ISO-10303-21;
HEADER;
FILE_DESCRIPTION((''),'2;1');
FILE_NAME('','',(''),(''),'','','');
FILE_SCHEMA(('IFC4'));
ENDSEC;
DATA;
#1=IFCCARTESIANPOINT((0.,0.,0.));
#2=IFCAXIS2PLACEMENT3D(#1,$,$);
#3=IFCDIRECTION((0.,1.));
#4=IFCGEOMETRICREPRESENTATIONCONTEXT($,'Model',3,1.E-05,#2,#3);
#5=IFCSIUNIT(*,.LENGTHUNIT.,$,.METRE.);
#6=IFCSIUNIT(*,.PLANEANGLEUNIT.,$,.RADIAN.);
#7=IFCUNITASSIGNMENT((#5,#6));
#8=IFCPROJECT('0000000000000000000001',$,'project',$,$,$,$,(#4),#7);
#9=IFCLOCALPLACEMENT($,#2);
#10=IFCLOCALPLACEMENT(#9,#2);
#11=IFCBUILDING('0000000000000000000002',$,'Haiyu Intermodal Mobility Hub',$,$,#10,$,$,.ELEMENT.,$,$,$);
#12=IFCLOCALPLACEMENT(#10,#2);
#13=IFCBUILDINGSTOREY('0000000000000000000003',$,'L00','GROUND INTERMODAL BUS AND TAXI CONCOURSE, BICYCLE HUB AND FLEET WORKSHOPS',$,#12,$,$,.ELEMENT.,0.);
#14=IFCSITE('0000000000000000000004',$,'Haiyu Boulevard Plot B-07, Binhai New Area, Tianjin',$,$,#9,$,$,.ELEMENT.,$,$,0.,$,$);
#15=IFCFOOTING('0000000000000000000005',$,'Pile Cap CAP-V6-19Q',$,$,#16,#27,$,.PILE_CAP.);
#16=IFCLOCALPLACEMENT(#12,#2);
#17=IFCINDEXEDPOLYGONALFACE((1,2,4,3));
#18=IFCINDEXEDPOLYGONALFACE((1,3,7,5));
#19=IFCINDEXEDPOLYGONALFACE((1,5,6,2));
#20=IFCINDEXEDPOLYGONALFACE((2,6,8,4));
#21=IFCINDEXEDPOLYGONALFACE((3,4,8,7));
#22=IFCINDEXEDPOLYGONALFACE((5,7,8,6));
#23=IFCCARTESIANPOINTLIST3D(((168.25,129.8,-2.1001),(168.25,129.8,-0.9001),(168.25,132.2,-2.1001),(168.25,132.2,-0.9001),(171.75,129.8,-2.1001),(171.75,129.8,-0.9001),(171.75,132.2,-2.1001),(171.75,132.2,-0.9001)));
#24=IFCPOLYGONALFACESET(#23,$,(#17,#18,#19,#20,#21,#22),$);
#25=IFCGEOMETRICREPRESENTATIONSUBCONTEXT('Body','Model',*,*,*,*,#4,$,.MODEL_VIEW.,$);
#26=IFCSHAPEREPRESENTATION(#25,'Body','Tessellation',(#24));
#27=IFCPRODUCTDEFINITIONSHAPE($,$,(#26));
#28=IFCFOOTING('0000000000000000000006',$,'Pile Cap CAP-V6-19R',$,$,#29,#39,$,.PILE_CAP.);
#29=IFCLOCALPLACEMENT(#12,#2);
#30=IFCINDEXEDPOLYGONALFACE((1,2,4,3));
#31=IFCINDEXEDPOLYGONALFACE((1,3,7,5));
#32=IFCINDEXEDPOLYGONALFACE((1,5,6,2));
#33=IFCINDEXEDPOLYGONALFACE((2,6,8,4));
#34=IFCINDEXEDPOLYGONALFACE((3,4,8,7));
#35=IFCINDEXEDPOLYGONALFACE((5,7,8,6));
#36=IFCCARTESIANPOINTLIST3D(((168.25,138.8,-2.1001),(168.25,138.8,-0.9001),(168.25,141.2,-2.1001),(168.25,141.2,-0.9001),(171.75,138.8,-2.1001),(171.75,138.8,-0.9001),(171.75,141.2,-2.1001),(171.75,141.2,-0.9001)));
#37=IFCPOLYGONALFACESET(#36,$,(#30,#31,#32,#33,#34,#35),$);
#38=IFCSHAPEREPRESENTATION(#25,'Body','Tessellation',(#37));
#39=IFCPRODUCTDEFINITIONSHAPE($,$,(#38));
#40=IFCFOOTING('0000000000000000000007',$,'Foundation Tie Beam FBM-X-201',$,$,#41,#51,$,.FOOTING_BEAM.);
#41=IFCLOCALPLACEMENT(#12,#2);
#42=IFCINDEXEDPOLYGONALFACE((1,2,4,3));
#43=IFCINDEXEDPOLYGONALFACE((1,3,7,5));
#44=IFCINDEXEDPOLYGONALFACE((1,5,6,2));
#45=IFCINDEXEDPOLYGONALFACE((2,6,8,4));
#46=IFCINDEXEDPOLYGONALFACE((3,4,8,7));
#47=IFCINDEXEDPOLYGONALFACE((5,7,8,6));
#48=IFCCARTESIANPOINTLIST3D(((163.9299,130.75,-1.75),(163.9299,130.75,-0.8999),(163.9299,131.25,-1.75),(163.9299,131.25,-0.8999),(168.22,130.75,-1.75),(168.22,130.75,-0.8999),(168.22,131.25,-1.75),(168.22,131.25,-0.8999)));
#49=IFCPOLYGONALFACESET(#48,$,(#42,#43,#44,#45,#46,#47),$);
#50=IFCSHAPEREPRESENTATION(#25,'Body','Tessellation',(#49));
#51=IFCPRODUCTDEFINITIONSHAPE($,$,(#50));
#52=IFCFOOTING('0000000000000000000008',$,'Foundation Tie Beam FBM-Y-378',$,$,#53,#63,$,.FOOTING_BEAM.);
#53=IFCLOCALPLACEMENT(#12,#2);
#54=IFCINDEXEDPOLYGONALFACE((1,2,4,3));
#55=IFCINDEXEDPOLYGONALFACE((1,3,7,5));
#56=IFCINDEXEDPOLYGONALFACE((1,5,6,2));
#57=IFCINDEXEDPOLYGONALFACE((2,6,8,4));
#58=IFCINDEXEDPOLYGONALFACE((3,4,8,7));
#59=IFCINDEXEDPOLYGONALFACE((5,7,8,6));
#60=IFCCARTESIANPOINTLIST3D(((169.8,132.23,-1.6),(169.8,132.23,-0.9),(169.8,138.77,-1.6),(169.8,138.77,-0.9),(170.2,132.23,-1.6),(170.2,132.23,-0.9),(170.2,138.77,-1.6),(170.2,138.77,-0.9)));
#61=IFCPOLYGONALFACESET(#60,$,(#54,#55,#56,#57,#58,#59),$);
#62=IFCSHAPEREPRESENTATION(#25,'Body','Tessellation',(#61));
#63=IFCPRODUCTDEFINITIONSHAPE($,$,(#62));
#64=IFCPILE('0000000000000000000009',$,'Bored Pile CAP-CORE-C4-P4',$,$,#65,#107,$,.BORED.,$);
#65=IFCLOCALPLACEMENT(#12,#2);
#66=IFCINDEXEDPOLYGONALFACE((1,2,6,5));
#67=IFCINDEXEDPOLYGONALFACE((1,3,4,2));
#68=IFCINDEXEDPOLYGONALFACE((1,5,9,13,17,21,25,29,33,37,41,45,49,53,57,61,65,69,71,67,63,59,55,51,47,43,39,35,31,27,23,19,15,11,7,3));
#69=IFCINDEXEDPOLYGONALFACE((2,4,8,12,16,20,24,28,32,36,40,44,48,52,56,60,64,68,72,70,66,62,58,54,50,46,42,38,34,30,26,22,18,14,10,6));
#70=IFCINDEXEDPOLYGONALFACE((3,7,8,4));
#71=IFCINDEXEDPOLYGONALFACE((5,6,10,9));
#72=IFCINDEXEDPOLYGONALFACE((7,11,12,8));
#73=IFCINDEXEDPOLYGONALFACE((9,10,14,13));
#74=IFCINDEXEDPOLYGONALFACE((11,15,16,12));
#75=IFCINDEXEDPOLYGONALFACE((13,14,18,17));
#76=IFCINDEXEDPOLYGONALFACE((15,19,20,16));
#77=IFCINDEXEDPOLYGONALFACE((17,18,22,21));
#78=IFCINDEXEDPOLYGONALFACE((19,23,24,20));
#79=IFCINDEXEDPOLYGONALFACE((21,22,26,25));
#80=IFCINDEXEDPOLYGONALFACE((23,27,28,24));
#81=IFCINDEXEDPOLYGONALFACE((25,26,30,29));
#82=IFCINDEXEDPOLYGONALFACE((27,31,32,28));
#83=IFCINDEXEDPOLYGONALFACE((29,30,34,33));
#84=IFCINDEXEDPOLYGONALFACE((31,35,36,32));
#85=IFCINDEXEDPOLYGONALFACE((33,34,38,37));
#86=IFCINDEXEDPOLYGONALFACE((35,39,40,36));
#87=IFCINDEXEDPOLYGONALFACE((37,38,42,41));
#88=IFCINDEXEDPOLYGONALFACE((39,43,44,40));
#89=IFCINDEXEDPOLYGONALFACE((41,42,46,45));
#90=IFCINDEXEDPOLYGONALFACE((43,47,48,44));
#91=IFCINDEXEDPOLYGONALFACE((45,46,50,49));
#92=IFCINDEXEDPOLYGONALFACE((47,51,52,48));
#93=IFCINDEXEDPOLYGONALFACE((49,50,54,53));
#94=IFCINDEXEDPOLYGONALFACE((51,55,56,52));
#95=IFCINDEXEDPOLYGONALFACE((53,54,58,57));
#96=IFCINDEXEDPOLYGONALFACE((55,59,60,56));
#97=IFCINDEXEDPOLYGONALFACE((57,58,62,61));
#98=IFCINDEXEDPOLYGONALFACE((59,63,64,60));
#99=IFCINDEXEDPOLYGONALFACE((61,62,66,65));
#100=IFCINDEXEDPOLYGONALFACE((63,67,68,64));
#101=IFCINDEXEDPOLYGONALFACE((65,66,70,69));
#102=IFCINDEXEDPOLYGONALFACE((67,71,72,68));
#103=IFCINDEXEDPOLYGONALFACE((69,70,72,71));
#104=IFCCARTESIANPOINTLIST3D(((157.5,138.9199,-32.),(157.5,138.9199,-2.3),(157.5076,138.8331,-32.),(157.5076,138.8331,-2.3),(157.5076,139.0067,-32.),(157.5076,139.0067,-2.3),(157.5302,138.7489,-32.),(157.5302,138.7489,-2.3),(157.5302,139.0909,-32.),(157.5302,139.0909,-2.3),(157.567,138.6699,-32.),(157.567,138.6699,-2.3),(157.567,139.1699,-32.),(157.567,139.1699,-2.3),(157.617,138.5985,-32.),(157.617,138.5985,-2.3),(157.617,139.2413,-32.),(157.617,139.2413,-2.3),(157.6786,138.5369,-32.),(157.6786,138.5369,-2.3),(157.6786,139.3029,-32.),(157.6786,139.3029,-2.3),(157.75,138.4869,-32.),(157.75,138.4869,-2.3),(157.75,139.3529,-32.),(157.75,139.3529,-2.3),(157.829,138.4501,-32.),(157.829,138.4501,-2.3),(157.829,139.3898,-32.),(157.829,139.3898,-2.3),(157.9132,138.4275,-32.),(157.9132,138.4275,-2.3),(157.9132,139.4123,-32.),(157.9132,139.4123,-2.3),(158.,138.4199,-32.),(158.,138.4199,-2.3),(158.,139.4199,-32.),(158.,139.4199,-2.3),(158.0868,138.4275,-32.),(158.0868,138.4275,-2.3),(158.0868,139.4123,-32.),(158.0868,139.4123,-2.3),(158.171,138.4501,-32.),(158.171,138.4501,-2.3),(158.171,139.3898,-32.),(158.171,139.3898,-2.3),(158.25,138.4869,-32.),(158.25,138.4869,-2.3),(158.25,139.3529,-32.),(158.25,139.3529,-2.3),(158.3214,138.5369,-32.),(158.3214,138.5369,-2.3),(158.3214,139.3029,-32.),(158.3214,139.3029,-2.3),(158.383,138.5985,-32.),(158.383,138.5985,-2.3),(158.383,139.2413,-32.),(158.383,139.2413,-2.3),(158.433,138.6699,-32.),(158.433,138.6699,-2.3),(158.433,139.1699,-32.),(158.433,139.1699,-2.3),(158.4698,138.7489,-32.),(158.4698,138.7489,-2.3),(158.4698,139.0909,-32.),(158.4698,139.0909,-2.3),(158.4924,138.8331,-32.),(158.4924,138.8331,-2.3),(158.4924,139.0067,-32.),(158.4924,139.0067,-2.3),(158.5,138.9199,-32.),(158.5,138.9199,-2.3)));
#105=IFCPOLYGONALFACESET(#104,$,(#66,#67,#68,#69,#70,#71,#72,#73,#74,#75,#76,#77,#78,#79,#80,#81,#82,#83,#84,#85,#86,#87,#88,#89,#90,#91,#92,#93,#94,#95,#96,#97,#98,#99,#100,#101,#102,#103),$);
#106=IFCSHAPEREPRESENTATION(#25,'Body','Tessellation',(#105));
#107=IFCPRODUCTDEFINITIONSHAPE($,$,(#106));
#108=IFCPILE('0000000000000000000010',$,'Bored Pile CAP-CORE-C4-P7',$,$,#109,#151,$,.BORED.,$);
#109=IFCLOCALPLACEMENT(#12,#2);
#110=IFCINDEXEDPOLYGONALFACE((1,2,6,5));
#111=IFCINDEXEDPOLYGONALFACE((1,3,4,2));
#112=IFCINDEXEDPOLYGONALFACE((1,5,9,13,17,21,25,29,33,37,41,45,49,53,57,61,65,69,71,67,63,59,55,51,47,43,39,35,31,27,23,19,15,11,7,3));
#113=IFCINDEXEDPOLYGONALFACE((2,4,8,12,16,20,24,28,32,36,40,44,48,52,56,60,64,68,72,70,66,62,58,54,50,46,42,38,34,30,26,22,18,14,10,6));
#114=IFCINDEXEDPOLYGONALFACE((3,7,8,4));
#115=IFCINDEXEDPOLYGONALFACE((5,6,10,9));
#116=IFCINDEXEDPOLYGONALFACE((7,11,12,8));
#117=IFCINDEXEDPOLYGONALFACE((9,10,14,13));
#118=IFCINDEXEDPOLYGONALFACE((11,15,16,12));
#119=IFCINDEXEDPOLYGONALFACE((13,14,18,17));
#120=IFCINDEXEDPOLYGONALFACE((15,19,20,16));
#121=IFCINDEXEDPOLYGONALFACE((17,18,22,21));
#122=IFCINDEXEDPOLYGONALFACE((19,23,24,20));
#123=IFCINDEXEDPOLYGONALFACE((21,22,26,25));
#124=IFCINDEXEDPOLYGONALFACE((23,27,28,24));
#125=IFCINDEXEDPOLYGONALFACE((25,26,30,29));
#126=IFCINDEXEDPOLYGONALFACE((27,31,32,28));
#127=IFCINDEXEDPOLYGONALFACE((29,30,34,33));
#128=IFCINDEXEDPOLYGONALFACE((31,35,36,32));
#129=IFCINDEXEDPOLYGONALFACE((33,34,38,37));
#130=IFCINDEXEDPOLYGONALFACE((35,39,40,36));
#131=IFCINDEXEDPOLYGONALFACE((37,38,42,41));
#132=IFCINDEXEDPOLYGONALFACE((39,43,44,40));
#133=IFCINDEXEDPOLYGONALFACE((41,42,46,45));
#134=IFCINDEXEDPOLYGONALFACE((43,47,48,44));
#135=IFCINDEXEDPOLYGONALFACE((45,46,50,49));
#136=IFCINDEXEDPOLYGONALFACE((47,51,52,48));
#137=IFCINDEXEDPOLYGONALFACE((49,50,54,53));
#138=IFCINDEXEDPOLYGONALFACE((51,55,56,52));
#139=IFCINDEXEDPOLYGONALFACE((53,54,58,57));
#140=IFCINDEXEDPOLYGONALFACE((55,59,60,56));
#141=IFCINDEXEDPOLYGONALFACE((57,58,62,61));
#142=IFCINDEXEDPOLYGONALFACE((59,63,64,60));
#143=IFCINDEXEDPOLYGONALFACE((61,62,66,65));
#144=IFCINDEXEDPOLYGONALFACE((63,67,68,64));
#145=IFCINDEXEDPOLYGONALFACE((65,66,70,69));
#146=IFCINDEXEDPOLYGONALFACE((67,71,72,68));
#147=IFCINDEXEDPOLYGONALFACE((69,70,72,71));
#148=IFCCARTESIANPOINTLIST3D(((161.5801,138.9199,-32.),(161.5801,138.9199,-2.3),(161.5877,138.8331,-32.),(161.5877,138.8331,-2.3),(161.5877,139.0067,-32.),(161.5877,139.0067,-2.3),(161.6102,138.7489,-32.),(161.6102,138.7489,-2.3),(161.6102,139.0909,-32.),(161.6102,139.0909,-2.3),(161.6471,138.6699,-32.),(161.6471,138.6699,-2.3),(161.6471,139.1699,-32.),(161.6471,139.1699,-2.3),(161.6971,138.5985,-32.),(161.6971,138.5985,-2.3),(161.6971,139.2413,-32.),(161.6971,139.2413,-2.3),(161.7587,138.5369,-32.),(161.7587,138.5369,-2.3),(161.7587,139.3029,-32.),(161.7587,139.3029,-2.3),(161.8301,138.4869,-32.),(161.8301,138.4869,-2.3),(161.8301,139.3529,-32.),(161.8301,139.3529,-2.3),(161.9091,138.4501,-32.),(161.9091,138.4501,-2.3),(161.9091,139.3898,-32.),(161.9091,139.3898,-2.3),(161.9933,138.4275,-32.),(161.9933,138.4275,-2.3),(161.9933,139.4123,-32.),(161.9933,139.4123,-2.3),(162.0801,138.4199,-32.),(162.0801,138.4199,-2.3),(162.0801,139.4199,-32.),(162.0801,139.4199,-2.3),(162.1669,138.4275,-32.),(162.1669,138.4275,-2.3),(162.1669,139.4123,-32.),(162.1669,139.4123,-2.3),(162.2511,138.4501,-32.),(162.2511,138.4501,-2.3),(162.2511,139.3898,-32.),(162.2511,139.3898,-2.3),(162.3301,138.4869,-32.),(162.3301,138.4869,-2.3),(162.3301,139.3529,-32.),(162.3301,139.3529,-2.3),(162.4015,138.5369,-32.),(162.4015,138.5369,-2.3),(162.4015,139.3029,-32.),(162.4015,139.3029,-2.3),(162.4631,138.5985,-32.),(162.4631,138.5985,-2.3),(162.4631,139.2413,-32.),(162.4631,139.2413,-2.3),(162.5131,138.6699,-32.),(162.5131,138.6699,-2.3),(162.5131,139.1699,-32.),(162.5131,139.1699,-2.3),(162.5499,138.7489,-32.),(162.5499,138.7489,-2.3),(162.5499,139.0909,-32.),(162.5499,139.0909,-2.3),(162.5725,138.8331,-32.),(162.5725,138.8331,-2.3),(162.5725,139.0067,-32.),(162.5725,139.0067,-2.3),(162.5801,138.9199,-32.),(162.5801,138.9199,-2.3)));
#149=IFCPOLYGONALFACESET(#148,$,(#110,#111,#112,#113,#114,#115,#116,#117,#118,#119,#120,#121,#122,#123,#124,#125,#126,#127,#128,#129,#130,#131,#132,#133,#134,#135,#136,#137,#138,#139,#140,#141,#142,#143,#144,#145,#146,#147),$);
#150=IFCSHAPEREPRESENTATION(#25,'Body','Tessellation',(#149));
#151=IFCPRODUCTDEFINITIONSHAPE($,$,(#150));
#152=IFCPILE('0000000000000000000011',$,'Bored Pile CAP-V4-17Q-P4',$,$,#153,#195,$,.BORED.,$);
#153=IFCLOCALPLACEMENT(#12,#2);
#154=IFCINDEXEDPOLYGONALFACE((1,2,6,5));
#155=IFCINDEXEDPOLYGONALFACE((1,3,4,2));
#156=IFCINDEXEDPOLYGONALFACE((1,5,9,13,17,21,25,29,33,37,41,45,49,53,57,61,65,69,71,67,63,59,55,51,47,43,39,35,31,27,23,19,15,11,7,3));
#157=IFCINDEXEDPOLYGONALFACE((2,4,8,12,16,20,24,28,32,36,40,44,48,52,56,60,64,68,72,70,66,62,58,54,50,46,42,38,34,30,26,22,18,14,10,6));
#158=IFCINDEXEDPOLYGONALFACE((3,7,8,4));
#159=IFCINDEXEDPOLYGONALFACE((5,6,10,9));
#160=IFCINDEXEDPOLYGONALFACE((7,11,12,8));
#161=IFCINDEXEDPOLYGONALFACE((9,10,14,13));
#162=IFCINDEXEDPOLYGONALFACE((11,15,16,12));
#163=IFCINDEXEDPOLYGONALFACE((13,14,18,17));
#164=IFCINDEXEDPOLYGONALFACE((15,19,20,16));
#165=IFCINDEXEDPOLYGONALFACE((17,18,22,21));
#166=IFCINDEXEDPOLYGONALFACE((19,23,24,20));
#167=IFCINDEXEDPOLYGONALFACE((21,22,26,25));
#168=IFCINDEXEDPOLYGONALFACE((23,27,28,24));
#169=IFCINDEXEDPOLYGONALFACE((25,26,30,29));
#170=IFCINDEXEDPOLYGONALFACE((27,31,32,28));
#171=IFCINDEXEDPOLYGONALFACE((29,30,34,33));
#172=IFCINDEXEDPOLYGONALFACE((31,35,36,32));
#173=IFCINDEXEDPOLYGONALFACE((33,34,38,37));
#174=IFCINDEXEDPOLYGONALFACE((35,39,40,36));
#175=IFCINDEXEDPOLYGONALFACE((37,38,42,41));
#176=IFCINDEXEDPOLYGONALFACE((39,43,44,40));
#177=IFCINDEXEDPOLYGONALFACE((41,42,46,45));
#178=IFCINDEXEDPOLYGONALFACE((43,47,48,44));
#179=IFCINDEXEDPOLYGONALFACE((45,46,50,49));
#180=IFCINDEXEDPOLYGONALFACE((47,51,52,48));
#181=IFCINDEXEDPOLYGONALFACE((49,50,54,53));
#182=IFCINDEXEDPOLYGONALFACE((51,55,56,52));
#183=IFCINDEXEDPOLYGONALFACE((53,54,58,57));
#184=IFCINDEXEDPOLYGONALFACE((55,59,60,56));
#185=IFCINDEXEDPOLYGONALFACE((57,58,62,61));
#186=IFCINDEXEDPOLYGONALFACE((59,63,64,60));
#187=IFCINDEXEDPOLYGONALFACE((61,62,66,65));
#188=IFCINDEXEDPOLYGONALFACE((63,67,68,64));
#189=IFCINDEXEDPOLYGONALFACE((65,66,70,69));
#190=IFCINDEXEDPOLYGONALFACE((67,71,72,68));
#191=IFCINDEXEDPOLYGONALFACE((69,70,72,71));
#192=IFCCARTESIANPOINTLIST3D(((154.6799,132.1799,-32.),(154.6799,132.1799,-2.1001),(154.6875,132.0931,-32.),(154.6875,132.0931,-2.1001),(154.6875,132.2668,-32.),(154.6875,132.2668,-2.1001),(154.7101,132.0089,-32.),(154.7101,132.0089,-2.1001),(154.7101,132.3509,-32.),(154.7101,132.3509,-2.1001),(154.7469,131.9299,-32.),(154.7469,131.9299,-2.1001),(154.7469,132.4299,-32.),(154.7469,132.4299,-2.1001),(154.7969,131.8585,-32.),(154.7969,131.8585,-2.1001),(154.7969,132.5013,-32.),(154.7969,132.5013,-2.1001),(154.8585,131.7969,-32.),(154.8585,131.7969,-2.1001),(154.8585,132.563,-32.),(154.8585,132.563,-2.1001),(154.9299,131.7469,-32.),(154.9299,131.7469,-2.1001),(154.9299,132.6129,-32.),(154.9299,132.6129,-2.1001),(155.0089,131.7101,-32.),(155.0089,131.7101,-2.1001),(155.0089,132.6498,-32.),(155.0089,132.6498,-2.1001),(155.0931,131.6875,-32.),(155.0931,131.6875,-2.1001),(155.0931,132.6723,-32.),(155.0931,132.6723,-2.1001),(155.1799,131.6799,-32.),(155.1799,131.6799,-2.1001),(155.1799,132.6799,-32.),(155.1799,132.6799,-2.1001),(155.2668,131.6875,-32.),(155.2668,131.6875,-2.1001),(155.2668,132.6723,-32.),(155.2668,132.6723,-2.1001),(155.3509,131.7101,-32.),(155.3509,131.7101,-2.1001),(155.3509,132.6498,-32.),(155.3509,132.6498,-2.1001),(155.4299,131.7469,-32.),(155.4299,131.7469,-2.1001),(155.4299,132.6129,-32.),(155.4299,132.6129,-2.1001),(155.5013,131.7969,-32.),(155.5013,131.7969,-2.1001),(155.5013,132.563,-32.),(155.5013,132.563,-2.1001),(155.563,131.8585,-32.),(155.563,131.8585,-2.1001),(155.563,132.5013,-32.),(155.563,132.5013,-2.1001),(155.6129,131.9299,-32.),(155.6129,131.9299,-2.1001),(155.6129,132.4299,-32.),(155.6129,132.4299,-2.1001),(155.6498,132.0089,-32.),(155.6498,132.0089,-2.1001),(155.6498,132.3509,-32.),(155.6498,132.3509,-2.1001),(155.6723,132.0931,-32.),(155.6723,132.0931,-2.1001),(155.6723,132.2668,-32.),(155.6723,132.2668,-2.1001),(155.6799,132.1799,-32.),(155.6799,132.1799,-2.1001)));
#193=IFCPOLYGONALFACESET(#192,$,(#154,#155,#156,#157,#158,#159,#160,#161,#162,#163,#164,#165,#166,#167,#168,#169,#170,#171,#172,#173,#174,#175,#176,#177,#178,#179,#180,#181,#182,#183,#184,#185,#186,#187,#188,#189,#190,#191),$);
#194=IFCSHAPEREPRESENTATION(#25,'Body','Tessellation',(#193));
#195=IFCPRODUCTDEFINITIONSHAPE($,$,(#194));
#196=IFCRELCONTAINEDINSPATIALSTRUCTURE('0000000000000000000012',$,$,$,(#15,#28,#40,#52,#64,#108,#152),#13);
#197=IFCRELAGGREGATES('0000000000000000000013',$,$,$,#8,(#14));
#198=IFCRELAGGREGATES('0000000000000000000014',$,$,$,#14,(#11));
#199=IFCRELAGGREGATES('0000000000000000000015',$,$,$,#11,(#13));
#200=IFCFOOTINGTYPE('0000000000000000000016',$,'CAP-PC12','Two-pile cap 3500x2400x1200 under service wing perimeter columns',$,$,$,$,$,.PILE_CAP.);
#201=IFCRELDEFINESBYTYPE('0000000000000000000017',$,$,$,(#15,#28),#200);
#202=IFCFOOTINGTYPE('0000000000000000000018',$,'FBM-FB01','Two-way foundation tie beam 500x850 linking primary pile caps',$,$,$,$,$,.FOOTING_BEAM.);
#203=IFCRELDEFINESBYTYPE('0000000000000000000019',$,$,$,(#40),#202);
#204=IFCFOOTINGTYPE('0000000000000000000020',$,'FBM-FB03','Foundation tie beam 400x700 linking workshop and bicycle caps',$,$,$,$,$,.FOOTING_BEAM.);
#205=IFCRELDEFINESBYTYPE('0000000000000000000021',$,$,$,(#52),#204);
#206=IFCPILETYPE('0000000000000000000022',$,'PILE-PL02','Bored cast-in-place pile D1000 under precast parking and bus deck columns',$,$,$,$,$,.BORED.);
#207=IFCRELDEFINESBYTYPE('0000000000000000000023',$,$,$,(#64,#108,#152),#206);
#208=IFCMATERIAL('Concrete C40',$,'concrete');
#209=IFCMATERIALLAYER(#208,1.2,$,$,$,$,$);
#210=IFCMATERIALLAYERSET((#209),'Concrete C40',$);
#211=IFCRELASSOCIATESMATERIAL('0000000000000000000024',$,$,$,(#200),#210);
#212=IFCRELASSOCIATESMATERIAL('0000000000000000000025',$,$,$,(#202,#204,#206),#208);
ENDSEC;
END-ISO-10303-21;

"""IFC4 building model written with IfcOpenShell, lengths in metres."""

from ifc_helpers import new_model, si_unit, direction, frame, origin, origin_2d, place, context, subcontext, project, spatial, rectangle, circle, extrude, material, layer, layer_set, material_profile, profile_set, type_object, element, save


model = new_model("IFC4")

# Units and contexts
model_context = context("Model", 3, precision=1e-05, world=origin(), true_north=direction((0.0, 1.0)))
body_context = subcontext(model_context, "Body", "Model", "MODEL_VIEW")
ifc_project = project(units=[si_unit("LENGTHUNIT", "METRE"), si_unit("PLANEANGLEUNIT", "RADIAN")], contexts=[model_context])

# Site, building, storey
site_placement = place(None, origin())
site = spatial("IfcSite", under=ifc_project, at=site_placement, Name="Haiyu Boulevard Plot B-07, Binhai New Area, Tianjin", CompositionType="ELEMENT", RefElevation=0.0)
building_placement = place(site_placement, origin())
building = spatial("IfcBuilding", under=site, at=building_placement, Name="Haiyu Intermodal Mobility Hub", CompositionType="ELEMENT")
storey_placement = place(building_placement, origin())
storey = spatial("IfcBuildingStorey", under=building, at=storey_placement, Name="L00", Description="GROUND INTERMODAL BUS AND TAXI CONCOURSE, BICYCLE HUB AND FLEET WORKSHOPS", CompositionType="ELEMENT", Elevation=0.0)

# Footings
ifc_material_1 = material(Name="Concrete C40", Category="concrete")
ifc_layer_1 = layer(ifc_material_1, 1.2)
ifc_layer_set_1 = layer_set([ifc_layer_1], Name="Concrete C40")
footing_type_1 = type_object("IfcFootingType", Name="CAP-PC12", Description="Two-pile cap 3500x2400x1200 under service wing perimeter columns", PredefinedType="PILE_CAP", material=ifc_layer_set_1)
for number, where, z_axis, x_axis, name in (
    (1, (170.0, 131.0, -2.1001), (0.0, 0.0, 1.0), (1.0, 0.0, 0.0), "Pile Cap CAP-V6-19Q"),
    (2, (170.0, 140.0, -2.1001), (0.0, 0.0, 1.0), (1.0, 0.0, 0.0), "Pile Cap CAP-V6-19R"),
):
    element("IfcFooting", number, at=place(storey_placement, frame(where, z_axis=z_axis, x_axis=x_axis)), inside=storey, type_object=footing_type_1, Name=name, PredefinedType="PILE_CAP", context=body_context, shape_type="SweptSolid", body=[
        extrude(rectangle(XDim=3.5, YDim=2.3999, at=origin_2d()), origin(), (0.0, 0.0, 1.0), 1.2),
    ])
ifc_material_profile_1 = material_profile(ifc_material_1, rectangle(XDim=0.5, YDim=0.8501, at=origin_2d()), Name="FB500x850")
ifc_profile_set_1 = profile_set([ifc_material_profile_1], Name="Concrete C40")
footing_type_2 = type_object("IfcFootingType", Name="FBM-FB01", Description="Two-way foundation tie beam 500x850 linking primary pile caps", PredefinedType="FOOTING_BEAM", material=ifc_profile_set_1)
footing_1_placement = place(storey_placement, frame((163.9299, 131.0, -1.325), z_axis=(1.0, 0.0, 0.0), x_axis=(0.0, 1.0, 0.0)))
element("IfcFooting", 3, at=footing_1_placement, inside=storey, type_object=footing_type_2, Name="Foundation Tie Beam FBM-X-201", PredefinedType="FOOTING_BEAM", context=body_context, shape_type="SweptSolid", body=[
    extrude(rectangle(XDim=0.5, YDim=0.8501, at=origin_2d()), origin(), (0.0, 0.0, 1.0), 4.29),
])
ifc_material_profile_2 = material_profile(ifc_material_1, rectangle(XDim=0.3999, YDim=0.7, at=origin_2d()), Name="FB400x700")
ifc_profile_set_2 = profile_set([ifc_material_profile_2], Name="Concrete C40")
footing_type_3 = type_object("IfcFootingType", Name="FBM-FB03", Description="Foundation tie beam 400x700 linking workshop and bicycle caps", PredefinedType="FOOTING_BEAM", material=ifc_profile_set_2)
footing_2_placement = place(storey_placement, frame((170.0, 132.23, -1.25), z_axis=(0.0, 1.0, 0.0), x_axis=(-1.0, 0.0, 0.0)))
element("IfcFooting", 4, at=footing_2_placement, inside=storey, type_object=footing_type_3, Name="Foundation Tie Beam FBM-Y-378", PredefinedType="FOOTING_BEAM", context=body_context, shape_type="SweptSolid", body=[
    extrude(rectangle(XDim=0.3999, YDim=0.7, at=origin_2d()), origin(), (0.0, 0.0, 1.0), 6.54),
])

# Piles
ifc_material_profile_3 = material_profile(ifc_material_1, circle(Radius=0.5, at=origin_2d()), Name="PILE-D1000")
ifc_profile_set_3 = profile_set([ifc_material_profile_3], Name="Concrete C40")
pile_type_1 = type_object("IfcPileType", Name="PILE-PL02", Description="Bored cast-in-place pile D1000 under precast parking and bus deck columns", PredefinedType="BORED", material=ifc_profile_set_3)
for number, where, z_axis, x_axis, name in (
    (5, (158.0, 138.9199, -2.3), (0.0, 0.0, -1.0), (1.0, 0.0, 0.0), "Bored Pile CAP-CORE-C4-P4"),
    (6, (162.0801, 138.9199, -2.3), (0.0, 0.0, -1.0), (1.0, 0.0, 0.0), "Bored Pile CAP-CORE-C4-P7"),
):
    element("IfcPile", number, at=place(storey_placement, frame(where, z_axis=z_axis, x_axis=x_axis)), inside=storey, type_object=pile_type_1, Name=name, PredefinedType="BORED", context=body_context, shape_type="SweptSolid", body=[
        extrude(circle(Radius=0.5, at=origin_2d()), origin(), (0.0, 0.0, 1.0), 29.7),
    ])
for number, where, z_axis, x_axis, name in (
    (7, (155.1799, 132.1799, -2.1001), (0.0, 0.0, -1.0), (1.0, 0.0, 0.0), "Bored Pile CAP-V4-17Q-P4"),
):
    element("IfcPile", number, at=place(storey_placement, frame(where, z_axis=z_axis, x_axis=x_axis)), inside=storey, type_object=pile_type_1, Name=name, PredefinedType="BORED", context=body_context, shape_type="SweptSolid", body=[
        extrude(circle(Radius=0.5, at=origin_2d()), origin(), (0.0, 0.0, 1.0), 29.8999),
    ])

save(model, "model.ifc")
